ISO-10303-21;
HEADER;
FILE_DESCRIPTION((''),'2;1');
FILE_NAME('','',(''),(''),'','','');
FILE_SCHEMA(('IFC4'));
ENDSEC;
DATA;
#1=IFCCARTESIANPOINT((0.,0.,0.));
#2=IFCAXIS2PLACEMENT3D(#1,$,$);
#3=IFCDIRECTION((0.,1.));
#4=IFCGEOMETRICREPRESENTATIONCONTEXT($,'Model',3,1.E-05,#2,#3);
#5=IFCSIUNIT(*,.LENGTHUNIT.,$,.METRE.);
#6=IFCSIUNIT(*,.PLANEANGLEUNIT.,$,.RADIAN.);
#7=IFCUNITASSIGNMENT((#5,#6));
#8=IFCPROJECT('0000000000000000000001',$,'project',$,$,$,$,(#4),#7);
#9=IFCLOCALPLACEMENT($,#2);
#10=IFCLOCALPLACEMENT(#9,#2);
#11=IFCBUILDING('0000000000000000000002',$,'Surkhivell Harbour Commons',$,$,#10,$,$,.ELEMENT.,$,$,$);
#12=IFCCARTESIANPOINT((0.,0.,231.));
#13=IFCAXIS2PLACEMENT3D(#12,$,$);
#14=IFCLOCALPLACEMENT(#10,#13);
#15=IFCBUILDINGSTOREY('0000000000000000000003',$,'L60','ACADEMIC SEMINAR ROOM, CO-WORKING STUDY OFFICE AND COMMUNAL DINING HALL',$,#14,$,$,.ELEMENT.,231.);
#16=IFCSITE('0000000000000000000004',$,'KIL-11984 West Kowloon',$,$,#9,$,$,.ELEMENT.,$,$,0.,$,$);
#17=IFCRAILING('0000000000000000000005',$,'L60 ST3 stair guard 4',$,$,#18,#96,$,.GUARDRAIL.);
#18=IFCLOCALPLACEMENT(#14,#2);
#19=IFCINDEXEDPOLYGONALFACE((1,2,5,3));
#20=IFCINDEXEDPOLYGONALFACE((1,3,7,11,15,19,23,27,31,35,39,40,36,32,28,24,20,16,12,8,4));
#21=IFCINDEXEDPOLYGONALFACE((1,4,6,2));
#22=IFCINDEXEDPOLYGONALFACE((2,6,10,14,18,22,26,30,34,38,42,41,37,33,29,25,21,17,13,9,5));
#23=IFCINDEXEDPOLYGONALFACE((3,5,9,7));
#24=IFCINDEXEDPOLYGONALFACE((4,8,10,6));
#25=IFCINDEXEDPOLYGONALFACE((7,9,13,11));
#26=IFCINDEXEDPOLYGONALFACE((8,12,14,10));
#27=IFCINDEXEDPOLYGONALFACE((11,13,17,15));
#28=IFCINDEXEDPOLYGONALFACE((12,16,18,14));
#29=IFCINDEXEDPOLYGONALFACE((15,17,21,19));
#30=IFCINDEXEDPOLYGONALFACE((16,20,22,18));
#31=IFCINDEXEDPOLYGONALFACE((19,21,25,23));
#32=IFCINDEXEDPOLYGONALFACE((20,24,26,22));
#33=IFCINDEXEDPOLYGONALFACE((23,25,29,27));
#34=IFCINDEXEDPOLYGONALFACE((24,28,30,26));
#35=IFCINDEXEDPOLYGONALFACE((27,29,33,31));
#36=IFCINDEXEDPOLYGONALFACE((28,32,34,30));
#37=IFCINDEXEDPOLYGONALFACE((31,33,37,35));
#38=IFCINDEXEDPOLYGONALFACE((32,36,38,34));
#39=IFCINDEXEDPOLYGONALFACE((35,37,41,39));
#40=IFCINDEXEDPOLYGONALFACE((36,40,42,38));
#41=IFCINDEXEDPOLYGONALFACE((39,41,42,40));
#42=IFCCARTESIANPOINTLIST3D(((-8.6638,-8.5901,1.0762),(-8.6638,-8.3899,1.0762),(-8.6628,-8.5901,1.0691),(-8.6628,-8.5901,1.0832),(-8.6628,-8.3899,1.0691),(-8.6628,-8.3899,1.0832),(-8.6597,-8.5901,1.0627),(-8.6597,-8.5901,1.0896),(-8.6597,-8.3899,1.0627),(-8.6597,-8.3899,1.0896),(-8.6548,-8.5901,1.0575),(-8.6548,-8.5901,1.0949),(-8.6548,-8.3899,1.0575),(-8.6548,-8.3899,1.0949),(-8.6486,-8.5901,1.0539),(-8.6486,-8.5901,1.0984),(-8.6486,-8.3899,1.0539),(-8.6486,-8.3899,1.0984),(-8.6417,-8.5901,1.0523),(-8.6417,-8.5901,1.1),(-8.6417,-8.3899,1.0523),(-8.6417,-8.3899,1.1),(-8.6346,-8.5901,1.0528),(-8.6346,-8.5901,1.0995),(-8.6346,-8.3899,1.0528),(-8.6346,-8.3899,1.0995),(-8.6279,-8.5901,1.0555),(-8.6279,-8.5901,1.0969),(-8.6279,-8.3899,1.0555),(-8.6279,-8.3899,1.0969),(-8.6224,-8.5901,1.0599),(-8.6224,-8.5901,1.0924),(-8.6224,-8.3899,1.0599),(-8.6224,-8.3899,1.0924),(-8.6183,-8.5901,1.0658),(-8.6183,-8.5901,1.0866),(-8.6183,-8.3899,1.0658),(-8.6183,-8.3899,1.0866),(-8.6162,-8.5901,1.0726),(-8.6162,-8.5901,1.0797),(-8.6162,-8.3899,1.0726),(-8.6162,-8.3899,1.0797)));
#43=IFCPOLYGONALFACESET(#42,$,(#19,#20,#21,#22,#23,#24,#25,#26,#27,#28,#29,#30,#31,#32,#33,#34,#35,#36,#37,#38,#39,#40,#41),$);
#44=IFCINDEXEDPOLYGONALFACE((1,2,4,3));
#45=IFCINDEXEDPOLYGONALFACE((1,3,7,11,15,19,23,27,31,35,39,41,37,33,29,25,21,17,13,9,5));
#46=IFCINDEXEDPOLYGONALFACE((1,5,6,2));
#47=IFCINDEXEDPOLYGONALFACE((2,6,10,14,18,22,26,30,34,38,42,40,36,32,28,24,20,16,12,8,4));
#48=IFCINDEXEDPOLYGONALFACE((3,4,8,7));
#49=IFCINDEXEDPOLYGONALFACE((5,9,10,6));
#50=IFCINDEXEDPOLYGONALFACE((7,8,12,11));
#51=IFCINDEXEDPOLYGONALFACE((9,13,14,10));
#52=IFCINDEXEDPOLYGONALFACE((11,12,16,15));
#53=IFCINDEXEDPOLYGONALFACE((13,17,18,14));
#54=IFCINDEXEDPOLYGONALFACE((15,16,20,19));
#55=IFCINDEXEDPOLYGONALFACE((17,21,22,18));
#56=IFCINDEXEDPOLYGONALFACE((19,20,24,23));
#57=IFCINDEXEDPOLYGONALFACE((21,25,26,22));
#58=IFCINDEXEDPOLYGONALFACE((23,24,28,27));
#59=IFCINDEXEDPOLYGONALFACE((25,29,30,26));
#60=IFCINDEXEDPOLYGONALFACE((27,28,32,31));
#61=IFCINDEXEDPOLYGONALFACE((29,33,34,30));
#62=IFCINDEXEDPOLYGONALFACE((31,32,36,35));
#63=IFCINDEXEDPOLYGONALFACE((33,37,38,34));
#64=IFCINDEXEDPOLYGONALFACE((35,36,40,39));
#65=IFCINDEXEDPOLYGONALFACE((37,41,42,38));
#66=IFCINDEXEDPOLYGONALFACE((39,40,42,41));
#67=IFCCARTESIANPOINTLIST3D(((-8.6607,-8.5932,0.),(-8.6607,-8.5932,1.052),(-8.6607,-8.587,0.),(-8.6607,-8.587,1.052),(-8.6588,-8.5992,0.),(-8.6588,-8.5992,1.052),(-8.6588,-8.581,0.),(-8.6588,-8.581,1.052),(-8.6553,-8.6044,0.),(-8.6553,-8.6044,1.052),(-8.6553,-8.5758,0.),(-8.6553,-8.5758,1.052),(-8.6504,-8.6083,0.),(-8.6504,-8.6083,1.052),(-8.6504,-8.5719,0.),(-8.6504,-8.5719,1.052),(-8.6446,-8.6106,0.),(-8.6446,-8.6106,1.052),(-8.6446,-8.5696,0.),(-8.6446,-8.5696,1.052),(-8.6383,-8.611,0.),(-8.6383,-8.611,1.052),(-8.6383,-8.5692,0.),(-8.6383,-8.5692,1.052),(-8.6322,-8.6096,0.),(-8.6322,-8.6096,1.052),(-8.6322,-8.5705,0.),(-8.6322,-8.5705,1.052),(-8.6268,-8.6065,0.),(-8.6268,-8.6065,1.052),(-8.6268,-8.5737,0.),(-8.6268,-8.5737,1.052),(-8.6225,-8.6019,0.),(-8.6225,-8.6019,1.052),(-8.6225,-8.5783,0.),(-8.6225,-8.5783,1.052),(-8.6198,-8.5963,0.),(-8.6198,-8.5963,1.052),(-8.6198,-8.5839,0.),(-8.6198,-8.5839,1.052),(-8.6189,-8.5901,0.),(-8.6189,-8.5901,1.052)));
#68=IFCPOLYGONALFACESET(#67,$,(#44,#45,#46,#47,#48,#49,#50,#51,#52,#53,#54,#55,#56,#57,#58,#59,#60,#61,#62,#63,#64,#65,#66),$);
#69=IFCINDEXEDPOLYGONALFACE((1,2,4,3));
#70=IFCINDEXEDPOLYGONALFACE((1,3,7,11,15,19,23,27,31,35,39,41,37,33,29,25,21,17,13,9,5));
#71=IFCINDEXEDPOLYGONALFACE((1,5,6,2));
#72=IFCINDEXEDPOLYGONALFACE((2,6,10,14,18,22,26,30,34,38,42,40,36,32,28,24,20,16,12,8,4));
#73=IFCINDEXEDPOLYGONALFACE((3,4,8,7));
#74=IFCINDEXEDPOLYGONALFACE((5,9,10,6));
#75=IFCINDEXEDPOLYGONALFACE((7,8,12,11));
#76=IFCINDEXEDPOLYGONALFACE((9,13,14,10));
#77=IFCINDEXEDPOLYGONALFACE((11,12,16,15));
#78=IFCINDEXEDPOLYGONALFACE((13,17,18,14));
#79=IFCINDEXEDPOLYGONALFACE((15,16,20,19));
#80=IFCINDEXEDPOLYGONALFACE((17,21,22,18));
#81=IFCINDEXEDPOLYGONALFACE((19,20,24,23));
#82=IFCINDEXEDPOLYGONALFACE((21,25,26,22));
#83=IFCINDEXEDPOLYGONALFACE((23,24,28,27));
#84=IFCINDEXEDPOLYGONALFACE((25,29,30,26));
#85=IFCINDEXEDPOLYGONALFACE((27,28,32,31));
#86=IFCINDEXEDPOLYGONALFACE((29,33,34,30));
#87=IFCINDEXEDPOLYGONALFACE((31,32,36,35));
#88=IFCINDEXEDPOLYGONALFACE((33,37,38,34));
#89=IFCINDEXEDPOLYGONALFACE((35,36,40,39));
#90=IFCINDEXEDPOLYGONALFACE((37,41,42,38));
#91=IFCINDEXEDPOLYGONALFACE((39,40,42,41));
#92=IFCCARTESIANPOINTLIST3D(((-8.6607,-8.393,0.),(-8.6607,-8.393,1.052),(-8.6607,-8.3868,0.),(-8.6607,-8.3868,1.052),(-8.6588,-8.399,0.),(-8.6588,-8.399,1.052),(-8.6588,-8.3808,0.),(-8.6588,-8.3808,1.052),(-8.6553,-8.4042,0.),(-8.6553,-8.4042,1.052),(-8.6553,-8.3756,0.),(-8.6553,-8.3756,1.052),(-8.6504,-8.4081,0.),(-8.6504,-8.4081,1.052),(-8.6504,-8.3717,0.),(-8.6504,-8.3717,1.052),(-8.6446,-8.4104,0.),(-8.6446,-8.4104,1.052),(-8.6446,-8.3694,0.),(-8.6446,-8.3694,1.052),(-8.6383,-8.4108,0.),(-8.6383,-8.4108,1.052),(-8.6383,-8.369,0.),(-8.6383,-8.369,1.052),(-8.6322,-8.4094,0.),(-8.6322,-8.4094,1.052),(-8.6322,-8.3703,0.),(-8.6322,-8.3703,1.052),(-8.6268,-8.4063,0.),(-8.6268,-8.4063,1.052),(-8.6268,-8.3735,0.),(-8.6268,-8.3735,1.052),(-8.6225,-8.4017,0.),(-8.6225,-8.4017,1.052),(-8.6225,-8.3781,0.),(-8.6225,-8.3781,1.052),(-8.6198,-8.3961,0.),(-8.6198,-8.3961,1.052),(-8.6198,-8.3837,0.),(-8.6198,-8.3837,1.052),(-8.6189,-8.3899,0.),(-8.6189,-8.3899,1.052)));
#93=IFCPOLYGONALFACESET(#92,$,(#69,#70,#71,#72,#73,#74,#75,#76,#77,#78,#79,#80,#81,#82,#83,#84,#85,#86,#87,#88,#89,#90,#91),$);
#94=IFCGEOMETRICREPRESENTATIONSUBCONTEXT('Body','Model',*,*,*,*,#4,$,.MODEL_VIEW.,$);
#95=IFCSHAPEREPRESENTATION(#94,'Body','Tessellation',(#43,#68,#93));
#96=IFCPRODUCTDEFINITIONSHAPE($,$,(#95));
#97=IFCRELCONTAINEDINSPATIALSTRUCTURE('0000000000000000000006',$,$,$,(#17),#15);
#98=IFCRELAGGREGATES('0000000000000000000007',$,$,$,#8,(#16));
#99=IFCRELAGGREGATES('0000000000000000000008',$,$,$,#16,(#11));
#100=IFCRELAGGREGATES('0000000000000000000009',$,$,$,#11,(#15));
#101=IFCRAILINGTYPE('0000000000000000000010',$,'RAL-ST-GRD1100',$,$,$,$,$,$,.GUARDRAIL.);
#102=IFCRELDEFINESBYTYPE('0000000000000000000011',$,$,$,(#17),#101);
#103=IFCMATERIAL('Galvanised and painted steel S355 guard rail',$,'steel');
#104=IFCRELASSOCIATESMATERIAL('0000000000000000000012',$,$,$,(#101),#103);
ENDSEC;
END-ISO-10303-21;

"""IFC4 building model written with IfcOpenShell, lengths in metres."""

from ifc_helpers import new_model, si_unit, direction, frame, origin, origin_2d, place, context, subcontext, project, spatial, circle, extrude, material, type_object, element, save


model = new_model("IFC4")

# Units and contexts
model_context = context("Model", 3, precision=1e-05, world=origin(), true_north=direction((0.0, 1.0)))
body_context = subcontext(model_context, "Body", "Model", "MODEL_VIEW")
ifc_project = project(units=[si_unit("LENGTHUNIT", "METRE"), si_unit("PLANEANGLEUNIT", "RADIAN")], contexts=[model_context])

# Site, building, storey
site_placement = place(None, origin())
site = spatial("IfcSite", under=ifc_project, at=site_placement, Name="KIL-11984 West Kowloon", CompositionType="ELEMENT", RefElevation=0.0)
building_placement = place(site_placement, origin())
building = spatial("IfcBuilding", under=site, at=building_placement, Name="Surkhivell Harbour Commons", CompositionType="ELEMENT")
storey_placement = place(building_placement, frame((0.0, 0.0, 231.0)))
storey = spatial("IfcBuildingStorey", under=building, at=storey_placement, Name="L60", Description="ACADEMIC SEMINAR ROOM, CO-WORKING STUDY OFFICE AND COMMUNAL DINING HALL", CompositionType="ELEMENT", Elevation=231.0)

# Railing
ifc_material_1 = material(Name="Galvanised and painted steel S355 guard rail", Category="steel")
railing_type_1 = type_object("IfcRailingType", Name="RAL-ST-GRD1100", PredefinedType="GUARDRAIL", material=ifc_material_1)
railing_1_placement = place(storey_placement, frame((-8.6399, -8.5901, 0.0)))
element("IfcRailing", 1, at=railing_1_placement, inside=storey, type_object=railing_type_1, Name="L60 ST3 stair guard 4", PredefinedType="GUARDRAIL", context=body_context, shape_type="SweptSolid", body=[
    extrude(circle(Radius=0.0239, at=origin_2d()), frame((0.0, 0.0, 1.0762), z_axis=(0.0, 1.0, 0.0), x_axis=(-1.0, 0.0, 0.0)), (0.0, 0.0, 1.0), 0.2002),
    extrude(circle(Radius=0.021, at=origin_2d()), origin(), (0.0, 0.0, 1.0), 1.052),
    extrude(circle(Radius=0.021, at=origin_2d()), frame((0.0, 0.2002, 0.0)), (0.0, 0.0, 1.0), 1.052),
])

save(model, "model.ifc")
